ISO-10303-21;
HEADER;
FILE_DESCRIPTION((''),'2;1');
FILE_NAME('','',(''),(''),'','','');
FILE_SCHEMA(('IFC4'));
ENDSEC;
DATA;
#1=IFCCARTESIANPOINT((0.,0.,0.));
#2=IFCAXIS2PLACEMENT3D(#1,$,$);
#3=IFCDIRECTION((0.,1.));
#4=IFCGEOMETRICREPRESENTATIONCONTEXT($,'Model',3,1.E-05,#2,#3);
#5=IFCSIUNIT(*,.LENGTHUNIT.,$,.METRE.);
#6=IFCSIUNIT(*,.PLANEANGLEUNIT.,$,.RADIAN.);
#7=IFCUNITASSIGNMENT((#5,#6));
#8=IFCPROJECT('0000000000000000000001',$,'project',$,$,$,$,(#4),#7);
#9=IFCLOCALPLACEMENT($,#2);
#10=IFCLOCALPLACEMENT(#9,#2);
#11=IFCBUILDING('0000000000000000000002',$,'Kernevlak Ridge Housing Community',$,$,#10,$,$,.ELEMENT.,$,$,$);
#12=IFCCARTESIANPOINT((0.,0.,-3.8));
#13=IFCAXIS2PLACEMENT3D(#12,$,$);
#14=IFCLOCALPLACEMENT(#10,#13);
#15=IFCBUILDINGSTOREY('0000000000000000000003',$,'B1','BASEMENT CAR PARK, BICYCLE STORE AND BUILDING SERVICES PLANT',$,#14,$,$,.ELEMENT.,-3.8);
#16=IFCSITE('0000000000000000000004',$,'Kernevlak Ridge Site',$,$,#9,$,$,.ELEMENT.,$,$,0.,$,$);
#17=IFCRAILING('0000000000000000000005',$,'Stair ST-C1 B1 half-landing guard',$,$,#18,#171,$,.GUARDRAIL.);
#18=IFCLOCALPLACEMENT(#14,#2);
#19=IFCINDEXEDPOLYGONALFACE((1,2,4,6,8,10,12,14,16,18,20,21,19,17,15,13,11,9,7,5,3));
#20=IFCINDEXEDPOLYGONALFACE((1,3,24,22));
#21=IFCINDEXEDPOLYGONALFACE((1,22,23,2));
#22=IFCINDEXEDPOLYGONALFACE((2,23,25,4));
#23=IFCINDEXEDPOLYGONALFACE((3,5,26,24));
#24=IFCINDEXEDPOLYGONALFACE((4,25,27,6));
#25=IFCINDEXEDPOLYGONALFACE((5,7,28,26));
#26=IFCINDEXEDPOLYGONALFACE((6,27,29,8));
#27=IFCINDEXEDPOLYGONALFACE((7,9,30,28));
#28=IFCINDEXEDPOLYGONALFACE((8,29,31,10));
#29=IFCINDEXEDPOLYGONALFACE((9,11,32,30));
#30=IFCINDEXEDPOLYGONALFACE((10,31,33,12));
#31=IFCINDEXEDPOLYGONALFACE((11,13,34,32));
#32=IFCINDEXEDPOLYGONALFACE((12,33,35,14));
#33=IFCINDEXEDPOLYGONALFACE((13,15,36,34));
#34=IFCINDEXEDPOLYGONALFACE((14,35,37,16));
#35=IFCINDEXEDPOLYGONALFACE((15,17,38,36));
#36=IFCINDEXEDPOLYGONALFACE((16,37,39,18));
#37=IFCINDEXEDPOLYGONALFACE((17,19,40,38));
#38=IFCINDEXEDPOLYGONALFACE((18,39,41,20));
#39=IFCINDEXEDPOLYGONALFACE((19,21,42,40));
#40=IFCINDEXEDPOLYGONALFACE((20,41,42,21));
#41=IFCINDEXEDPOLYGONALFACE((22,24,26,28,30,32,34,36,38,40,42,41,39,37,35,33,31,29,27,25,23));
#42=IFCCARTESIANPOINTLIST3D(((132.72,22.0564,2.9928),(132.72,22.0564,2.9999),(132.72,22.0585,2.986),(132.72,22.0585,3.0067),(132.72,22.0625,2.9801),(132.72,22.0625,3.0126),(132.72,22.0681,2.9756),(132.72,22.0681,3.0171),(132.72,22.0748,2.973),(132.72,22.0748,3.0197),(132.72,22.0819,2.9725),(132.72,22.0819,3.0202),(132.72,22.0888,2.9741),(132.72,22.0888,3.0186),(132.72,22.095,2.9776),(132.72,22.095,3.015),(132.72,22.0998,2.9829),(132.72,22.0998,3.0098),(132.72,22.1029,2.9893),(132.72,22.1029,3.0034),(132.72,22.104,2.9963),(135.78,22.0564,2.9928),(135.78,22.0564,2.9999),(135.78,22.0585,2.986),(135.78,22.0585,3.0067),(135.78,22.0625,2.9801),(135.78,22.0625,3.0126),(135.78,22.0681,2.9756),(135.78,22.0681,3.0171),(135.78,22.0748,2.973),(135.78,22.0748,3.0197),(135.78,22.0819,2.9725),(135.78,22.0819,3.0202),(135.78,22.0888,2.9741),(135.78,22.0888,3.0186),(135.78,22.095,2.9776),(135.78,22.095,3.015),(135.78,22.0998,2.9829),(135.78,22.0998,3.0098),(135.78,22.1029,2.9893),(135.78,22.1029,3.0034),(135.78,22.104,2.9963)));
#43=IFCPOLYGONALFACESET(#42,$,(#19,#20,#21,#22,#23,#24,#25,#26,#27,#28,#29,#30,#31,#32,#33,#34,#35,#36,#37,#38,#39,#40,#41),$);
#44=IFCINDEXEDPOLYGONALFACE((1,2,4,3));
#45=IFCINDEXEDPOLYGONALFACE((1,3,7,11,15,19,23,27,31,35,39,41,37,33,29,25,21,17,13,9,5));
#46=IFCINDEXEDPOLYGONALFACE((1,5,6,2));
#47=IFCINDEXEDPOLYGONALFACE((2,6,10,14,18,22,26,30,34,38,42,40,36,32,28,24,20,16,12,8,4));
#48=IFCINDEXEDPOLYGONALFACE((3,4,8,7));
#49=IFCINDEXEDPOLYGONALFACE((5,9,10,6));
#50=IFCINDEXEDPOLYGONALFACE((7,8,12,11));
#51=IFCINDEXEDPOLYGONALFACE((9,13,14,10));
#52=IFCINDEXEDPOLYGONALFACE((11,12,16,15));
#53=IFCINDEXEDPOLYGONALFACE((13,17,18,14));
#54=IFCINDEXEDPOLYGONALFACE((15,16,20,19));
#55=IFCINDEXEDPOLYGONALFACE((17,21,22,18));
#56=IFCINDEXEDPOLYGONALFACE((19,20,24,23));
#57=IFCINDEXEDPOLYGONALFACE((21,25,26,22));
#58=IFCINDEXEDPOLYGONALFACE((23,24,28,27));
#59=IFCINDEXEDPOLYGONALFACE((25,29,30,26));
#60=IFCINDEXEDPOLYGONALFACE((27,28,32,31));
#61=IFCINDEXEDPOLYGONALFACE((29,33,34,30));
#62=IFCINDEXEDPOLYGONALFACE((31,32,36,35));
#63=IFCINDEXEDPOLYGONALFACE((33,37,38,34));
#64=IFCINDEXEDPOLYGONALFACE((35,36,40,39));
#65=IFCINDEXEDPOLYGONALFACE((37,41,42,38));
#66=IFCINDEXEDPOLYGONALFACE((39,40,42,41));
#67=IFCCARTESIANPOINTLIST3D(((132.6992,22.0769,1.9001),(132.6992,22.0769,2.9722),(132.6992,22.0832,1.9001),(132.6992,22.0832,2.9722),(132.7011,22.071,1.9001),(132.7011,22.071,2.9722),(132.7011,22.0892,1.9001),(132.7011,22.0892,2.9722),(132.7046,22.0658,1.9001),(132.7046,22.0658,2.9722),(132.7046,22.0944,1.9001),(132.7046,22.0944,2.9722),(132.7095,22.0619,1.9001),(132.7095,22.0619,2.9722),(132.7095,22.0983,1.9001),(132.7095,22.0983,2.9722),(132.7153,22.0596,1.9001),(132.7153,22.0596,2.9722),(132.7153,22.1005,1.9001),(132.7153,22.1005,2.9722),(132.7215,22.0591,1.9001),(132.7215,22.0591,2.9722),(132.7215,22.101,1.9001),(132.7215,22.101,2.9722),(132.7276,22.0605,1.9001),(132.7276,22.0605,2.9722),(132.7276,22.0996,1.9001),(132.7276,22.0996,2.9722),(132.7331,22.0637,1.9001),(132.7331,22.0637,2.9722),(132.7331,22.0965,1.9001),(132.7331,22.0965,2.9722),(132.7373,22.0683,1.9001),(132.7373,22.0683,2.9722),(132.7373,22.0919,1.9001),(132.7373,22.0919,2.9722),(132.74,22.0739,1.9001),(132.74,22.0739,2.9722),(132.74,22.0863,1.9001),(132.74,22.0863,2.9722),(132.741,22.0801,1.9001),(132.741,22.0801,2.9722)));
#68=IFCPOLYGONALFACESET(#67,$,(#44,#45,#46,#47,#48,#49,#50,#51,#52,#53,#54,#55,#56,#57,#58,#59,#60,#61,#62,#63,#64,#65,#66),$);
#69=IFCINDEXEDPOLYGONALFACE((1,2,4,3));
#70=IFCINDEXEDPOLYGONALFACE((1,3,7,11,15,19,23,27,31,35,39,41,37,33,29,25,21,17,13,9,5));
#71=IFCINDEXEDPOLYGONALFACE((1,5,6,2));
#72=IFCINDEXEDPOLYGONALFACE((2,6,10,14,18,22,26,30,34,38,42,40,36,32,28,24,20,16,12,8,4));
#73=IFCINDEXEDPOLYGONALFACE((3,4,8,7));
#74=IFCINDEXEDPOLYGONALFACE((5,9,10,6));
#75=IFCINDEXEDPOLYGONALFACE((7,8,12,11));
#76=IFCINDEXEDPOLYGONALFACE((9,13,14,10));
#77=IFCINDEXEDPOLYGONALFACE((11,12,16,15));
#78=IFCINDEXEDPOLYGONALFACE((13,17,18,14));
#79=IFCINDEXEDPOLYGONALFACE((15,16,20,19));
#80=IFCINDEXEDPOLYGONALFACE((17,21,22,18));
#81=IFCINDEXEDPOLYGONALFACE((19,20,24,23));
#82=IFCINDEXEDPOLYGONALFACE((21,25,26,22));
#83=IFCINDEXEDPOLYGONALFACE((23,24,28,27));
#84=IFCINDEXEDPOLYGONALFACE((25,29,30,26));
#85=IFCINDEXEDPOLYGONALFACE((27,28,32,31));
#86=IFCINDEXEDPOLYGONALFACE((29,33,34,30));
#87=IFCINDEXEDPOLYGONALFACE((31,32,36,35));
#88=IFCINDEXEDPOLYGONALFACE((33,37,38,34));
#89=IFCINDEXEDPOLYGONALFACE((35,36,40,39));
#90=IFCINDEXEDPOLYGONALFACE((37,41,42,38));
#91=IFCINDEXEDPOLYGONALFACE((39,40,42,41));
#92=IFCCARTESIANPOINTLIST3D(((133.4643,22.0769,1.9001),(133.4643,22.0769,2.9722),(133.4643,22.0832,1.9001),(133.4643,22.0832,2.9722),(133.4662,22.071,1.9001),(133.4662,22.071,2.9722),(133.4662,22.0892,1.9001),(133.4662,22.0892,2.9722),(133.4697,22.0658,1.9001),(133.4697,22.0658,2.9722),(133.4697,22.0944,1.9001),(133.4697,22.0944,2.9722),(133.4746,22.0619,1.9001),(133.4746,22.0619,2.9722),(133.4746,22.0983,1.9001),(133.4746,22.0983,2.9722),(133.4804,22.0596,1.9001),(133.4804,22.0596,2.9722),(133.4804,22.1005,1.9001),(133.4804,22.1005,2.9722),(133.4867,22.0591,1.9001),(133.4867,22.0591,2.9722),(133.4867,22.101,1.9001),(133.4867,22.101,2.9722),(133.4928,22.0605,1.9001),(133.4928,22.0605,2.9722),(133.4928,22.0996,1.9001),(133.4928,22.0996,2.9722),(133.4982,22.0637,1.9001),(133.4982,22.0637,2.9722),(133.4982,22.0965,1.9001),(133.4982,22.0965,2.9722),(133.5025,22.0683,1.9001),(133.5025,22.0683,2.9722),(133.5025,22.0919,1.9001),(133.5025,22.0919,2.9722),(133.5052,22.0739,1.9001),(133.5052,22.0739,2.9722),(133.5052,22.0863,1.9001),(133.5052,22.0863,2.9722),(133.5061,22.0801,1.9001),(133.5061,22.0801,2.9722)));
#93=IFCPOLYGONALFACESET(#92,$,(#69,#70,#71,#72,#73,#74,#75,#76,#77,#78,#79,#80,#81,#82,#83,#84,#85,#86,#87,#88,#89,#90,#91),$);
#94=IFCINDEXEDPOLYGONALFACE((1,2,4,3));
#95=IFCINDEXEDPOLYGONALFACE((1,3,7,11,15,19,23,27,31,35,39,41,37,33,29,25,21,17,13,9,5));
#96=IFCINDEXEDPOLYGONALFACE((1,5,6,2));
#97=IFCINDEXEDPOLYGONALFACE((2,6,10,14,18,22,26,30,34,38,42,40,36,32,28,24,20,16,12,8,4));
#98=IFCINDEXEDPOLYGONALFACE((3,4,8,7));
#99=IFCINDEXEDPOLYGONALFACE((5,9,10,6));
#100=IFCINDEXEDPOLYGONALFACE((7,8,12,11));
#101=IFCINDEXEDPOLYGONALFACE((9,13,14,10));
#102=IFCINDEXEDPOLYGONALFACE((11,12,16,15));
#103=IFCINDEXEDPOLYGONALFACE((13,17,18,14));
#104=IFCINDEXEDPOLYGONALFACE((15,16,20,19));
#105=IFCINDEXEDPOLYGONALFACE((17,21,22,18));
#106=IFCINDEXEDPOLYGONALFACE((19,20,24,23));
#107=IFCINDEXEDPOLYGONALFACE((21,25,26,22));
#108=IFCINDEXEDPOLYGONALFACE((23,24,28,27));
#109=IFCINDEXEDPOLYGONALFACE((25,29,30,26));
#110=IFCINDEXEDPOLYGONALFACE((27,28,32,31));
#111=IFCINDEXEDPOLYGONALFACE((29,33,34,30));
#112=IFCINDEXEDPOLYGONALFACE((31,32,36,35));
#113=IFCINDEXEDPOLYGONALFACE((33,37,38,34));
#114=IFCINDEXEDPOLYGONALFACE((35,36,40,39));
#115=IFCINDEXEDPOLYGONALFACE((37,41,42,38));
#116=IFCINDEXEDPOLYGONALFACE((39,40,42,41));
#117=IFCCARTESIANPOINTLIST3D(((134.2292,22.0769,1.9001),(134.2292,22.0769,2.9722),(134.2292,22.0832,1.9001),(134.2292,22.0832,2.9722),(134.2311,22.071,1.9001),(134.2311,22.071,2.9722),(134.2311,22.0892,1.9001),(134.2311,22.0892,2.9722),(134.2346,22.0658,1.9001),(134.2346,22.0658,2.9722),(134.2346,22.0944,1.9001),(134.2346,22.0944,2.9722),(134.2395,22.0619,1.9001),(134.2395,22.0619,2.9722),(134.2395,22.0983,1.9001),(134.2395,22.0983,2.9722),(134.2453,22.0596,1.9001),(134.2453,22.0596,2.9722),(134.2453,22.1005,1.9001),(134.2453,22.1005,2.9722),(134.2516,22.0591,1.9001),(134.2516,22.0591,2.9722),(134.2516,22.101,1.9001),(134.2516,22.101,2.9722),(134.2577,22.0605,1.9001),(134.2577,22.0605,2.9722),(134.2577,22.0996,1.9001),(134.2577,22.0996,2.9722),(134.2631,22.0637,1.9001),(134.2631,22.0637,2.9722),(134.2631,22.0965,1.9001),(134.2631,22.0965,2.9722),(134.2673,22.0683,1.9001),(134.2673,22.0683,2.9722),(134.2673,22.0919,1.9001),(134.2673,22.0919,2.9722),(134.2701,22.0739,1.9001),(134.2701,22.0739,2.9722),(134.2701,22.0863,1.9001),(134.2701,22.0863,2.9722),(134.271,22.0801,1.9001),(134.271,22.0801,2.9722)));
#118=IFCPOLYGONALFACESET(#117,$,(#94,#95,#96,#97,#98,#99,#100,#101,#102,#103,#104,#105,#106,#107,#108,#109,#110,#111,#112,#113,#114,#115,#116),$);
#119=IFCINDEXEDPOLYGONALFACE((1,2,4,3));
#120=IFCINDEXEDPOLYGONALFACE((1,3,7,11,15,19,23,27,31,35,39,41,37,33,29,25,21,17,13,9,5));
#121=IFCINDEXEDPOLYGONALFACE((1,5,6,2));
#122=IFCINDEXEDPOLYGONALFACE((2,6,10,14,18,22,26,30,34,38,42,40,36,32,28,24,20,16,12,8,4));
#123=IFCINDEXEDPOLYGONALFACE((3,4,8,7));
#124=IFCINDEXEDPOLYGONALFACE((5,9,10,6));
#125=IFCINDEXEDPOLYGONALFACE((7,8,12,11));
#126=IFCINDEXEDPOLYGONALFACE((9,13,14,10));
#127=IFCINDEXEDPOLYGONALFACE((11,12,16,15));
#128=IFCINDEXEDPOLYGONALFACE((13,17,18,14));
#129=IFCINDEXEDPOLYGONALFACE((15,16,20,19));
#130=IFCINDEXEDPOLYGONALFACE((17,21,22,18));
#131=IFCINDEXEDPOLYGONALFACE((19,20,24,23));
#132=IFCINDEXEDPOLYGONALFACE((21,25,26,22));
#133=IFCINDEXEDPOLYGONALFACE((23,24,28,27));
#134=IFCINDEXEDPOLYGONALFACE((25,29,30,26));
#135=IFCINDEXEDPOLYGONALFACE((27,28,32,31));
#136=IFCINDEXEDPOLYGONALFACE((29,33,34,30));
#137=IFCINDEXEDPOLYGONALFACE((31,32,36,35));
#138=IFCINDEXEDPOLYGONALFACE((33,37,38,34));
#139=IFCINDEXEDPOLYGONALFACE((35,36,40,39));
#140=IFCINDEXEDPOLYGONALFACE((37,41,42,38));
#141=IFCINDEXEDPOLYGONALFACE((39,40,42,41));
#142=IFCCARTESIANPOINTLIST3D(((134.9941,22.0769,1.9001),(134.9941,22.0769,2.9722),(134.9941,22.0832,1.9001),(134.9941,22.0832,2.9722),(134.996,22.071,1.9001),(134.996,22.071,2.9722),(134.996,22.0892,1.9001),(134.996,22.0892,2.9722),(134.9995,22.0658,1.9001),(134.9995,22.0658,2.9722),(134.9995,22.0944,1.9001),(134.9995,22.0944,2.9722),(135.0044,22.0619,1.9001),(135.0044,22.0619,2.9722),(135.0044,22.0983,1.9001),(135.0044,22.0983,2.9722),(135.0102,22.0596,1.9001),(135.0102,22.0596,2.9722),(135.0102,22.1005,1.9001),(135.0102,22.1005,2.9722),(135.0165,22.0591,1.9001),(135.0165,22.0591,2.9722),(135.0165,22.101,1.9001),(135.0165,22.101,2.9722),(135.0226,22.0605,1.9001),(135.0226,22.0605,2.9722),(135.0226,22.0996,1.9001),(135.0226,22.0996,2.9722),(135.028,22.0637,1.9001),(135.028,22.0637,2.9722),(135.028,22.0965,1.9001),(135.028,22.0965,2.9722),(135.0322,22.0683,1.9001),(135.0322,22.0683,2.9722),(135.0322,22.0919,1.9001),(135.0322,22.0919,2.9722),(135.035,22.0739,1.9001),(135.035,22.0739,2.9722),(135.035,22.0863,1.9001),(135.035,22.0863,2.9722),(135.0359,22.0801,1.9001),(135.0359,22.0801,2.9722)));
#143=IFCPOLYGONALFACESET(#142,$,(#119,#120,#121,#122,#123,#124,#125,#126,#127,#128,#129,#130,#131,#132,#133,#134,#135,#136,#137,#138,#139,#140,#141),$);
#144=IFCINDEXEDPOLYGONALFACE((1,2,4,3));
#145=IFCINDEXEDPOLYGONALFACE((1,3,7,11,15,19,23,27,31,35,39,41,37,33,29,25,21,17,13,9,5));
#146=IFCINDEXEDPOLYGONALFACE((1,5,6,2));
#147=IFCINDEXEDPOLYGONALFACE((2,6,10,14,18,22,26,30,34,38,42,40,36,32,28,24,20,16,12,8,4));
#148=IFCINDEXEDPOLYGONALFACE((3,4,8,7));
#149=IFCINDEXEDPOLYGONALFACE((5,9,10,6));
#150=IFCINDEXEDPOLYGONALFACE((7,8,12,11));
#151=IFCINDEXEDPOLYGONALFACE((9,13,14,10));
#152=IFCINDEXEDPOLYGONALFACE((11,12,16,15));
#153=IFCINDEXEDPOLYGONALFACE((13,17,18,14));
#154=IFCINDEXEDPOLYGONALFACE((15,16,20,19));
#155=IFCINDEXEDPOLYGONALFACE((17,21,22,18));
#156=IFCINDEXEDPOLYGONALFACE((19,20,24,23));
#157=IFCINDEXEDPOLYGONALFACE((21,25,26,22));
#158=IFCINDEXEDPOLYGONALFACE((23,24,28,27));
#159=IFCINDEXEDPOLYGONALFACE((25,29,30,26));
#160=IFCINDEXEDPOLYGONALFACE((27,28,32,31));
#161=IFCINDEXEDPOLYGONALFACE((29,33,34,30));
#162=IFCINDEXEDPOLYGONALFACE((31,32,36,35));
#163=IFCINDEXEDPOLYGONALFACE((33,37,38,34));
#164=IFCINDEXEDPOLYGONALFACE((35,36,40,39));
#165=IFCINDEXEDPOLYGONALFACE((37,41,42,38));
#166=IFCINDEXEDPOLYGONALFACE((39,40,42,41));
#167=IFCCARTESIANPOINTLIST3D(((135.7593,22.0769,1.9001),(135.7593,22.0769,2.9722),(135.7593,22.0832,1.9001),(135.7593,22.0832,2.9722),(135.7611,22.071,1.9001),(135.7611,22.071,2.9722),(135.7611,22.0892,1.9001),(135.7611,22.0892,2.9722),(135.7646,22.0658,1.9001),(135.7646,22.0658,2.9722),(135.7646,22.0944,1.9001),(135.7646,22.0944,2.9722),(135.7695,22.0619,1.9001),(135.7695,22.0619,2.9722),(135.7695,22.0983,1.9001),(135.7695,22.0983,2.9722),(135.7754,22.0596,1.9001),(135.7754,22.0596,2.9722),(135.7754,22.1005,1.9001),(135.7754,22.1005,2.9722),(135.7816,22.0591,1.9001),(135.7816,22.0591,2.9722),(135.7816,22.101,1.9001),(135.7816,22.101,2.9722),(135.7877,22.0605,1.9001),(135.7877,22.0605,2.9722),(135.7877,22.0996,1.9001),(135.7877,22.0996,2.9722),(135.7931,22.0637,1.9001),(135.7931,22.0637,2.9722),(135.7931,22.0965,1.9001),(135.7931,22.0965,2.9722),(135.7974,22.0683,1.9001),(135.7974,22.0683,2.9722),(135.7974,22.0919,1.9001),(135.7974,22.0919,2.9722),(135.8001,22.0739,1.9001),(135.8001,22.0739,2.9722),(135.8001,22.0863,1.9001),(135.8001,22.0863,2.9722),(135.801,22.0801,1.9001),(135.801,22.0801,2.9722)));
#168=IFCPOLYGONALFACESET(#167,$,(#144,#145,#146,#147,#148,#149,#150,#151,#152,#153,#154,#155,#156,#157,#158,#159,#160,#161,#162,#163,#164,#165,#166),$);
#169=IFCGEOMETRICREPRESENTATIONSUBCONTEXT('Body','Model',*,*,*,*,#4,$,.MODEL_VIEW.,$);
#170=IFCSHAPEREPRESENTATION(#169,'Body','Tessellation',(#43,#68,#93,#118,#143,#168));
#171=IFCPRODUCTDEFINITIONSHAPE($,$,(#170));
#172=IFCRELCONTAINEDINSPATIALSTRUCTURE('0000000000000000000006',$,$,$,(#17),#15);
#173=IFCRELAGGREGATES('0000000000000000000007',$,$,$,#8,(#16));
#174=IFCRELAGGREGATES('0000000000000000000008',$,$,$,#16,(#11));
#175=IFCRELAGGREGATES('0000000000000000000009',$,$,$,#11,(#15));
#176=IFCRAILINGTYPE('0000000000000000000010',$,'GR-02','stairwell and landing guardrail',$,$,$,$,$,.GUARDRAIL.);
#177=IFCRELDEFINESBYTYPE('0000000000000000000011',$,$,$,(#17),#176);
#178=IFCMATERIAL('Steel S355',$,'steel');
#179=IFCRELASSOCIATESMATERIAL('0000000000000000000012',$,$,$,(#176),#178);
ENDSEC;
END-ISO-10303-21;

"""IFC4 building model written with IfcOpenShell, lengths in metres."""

from ifc_helpers import new_model, si_unit, direction, frame, origin, origin_2d, place, context, subcontext, project, spatial, circle, extrude, material, type_object, element, save


model = new_model("IFC4")

# Units and contexts
model_context = context("Model", 3, precision=1e-05, world=origin(), true_north=direction((0.0, 1.0)))
body_context = subcontext(model_context, "Body", "Model", "MODEL_VIEW")
ifc_project = project(units=[si_unit("LENGTHUNIT", "METRE"), si_unit("PLANEANGLEUNIT", "RADIAN")], contexts=[model_context])

# Site, building, storey
site_placement = place(None, origin())
site = spatial("IfcSite", under=ifc_project, at=site_placement, Name="Kernevlak Ridge Site", CompositionType="ELEMENT", RefElevation=0.0)
building_placement = place(site_placement, origin())
building = spatial("IfcBuilding", under=site, at=building_placement, Name="Kernevlak Ridge Housing Community", CompositionType="ELEMENT")
storey_placement = place(building_placement, frame((0.0, 0.0, -3.8)))
storey = spatial("IfcBuildingStorey", under=building, at=storey_placement, Name="B1", Description="BASEMENT CAR PARK, BICYCLE STORE AND BUILDING SERVICES PLANT", CompositionType="ELEMENT", Elevation=-3.8)

# Railing
ifc_material_1 = material(Name="Steel S355", Category="steel")
railing_type_1 = type_object("IfcRailingType", Name="GR-02", Description="stairwell and landing guardrail", PredefinedType="GUARDRAIL", material=ifc_material_1)
railing_1_placement = place(storey_placement, frame((132.72, 22.0801, 1.9001)))
element("IfcRailing", 1, at=railing_1_placement, inside=storey, type_object=railing_type_1, Name="Stair ST-C1 B1 half-landing guard", PredefinedType="GUARDRAIL", context=body_context, shape_type="SweptSolid", body=[
    extrude(circle(Radius=0.0239, at=origin_2d()), frame((0.0, 0.0, 1.0962), z_axis=(1.0, 0.0, 0.0), x_axis=(0.0, 1.0, 0.0)), (0.0, 0.0, 1.0), 3.0601),
    extrude(circle(Radius=0.021, at=origin_2d()), origin(), (0.0, 0.0, 1.0), 1.072),
    extrude(circle(Radius=0.021, at=origin_2d()), frame((0.7651, 0.0, 0.0)), (0.0, 0.0, 1.0), 1.072),
    extrude(circle(Radius=0.021, at=origin_2d()), frame((1.53, 0.0, 0.0)), (0.0, 0.0, 1.0), 1.072),
    extrude(circle(Radius=0.021, at=origin_2d()), frame((2.2949, 0.0, 0.0)), (0.0, 0.0, 1.0), 1.072),
    extrude(circle(Radius=0.021, at=origin_2d()), frame((3.0601, 0.0, 0.0)), (0.0, 0.0, 1.0), 1.072),
])

save(model, "model.ifc")
